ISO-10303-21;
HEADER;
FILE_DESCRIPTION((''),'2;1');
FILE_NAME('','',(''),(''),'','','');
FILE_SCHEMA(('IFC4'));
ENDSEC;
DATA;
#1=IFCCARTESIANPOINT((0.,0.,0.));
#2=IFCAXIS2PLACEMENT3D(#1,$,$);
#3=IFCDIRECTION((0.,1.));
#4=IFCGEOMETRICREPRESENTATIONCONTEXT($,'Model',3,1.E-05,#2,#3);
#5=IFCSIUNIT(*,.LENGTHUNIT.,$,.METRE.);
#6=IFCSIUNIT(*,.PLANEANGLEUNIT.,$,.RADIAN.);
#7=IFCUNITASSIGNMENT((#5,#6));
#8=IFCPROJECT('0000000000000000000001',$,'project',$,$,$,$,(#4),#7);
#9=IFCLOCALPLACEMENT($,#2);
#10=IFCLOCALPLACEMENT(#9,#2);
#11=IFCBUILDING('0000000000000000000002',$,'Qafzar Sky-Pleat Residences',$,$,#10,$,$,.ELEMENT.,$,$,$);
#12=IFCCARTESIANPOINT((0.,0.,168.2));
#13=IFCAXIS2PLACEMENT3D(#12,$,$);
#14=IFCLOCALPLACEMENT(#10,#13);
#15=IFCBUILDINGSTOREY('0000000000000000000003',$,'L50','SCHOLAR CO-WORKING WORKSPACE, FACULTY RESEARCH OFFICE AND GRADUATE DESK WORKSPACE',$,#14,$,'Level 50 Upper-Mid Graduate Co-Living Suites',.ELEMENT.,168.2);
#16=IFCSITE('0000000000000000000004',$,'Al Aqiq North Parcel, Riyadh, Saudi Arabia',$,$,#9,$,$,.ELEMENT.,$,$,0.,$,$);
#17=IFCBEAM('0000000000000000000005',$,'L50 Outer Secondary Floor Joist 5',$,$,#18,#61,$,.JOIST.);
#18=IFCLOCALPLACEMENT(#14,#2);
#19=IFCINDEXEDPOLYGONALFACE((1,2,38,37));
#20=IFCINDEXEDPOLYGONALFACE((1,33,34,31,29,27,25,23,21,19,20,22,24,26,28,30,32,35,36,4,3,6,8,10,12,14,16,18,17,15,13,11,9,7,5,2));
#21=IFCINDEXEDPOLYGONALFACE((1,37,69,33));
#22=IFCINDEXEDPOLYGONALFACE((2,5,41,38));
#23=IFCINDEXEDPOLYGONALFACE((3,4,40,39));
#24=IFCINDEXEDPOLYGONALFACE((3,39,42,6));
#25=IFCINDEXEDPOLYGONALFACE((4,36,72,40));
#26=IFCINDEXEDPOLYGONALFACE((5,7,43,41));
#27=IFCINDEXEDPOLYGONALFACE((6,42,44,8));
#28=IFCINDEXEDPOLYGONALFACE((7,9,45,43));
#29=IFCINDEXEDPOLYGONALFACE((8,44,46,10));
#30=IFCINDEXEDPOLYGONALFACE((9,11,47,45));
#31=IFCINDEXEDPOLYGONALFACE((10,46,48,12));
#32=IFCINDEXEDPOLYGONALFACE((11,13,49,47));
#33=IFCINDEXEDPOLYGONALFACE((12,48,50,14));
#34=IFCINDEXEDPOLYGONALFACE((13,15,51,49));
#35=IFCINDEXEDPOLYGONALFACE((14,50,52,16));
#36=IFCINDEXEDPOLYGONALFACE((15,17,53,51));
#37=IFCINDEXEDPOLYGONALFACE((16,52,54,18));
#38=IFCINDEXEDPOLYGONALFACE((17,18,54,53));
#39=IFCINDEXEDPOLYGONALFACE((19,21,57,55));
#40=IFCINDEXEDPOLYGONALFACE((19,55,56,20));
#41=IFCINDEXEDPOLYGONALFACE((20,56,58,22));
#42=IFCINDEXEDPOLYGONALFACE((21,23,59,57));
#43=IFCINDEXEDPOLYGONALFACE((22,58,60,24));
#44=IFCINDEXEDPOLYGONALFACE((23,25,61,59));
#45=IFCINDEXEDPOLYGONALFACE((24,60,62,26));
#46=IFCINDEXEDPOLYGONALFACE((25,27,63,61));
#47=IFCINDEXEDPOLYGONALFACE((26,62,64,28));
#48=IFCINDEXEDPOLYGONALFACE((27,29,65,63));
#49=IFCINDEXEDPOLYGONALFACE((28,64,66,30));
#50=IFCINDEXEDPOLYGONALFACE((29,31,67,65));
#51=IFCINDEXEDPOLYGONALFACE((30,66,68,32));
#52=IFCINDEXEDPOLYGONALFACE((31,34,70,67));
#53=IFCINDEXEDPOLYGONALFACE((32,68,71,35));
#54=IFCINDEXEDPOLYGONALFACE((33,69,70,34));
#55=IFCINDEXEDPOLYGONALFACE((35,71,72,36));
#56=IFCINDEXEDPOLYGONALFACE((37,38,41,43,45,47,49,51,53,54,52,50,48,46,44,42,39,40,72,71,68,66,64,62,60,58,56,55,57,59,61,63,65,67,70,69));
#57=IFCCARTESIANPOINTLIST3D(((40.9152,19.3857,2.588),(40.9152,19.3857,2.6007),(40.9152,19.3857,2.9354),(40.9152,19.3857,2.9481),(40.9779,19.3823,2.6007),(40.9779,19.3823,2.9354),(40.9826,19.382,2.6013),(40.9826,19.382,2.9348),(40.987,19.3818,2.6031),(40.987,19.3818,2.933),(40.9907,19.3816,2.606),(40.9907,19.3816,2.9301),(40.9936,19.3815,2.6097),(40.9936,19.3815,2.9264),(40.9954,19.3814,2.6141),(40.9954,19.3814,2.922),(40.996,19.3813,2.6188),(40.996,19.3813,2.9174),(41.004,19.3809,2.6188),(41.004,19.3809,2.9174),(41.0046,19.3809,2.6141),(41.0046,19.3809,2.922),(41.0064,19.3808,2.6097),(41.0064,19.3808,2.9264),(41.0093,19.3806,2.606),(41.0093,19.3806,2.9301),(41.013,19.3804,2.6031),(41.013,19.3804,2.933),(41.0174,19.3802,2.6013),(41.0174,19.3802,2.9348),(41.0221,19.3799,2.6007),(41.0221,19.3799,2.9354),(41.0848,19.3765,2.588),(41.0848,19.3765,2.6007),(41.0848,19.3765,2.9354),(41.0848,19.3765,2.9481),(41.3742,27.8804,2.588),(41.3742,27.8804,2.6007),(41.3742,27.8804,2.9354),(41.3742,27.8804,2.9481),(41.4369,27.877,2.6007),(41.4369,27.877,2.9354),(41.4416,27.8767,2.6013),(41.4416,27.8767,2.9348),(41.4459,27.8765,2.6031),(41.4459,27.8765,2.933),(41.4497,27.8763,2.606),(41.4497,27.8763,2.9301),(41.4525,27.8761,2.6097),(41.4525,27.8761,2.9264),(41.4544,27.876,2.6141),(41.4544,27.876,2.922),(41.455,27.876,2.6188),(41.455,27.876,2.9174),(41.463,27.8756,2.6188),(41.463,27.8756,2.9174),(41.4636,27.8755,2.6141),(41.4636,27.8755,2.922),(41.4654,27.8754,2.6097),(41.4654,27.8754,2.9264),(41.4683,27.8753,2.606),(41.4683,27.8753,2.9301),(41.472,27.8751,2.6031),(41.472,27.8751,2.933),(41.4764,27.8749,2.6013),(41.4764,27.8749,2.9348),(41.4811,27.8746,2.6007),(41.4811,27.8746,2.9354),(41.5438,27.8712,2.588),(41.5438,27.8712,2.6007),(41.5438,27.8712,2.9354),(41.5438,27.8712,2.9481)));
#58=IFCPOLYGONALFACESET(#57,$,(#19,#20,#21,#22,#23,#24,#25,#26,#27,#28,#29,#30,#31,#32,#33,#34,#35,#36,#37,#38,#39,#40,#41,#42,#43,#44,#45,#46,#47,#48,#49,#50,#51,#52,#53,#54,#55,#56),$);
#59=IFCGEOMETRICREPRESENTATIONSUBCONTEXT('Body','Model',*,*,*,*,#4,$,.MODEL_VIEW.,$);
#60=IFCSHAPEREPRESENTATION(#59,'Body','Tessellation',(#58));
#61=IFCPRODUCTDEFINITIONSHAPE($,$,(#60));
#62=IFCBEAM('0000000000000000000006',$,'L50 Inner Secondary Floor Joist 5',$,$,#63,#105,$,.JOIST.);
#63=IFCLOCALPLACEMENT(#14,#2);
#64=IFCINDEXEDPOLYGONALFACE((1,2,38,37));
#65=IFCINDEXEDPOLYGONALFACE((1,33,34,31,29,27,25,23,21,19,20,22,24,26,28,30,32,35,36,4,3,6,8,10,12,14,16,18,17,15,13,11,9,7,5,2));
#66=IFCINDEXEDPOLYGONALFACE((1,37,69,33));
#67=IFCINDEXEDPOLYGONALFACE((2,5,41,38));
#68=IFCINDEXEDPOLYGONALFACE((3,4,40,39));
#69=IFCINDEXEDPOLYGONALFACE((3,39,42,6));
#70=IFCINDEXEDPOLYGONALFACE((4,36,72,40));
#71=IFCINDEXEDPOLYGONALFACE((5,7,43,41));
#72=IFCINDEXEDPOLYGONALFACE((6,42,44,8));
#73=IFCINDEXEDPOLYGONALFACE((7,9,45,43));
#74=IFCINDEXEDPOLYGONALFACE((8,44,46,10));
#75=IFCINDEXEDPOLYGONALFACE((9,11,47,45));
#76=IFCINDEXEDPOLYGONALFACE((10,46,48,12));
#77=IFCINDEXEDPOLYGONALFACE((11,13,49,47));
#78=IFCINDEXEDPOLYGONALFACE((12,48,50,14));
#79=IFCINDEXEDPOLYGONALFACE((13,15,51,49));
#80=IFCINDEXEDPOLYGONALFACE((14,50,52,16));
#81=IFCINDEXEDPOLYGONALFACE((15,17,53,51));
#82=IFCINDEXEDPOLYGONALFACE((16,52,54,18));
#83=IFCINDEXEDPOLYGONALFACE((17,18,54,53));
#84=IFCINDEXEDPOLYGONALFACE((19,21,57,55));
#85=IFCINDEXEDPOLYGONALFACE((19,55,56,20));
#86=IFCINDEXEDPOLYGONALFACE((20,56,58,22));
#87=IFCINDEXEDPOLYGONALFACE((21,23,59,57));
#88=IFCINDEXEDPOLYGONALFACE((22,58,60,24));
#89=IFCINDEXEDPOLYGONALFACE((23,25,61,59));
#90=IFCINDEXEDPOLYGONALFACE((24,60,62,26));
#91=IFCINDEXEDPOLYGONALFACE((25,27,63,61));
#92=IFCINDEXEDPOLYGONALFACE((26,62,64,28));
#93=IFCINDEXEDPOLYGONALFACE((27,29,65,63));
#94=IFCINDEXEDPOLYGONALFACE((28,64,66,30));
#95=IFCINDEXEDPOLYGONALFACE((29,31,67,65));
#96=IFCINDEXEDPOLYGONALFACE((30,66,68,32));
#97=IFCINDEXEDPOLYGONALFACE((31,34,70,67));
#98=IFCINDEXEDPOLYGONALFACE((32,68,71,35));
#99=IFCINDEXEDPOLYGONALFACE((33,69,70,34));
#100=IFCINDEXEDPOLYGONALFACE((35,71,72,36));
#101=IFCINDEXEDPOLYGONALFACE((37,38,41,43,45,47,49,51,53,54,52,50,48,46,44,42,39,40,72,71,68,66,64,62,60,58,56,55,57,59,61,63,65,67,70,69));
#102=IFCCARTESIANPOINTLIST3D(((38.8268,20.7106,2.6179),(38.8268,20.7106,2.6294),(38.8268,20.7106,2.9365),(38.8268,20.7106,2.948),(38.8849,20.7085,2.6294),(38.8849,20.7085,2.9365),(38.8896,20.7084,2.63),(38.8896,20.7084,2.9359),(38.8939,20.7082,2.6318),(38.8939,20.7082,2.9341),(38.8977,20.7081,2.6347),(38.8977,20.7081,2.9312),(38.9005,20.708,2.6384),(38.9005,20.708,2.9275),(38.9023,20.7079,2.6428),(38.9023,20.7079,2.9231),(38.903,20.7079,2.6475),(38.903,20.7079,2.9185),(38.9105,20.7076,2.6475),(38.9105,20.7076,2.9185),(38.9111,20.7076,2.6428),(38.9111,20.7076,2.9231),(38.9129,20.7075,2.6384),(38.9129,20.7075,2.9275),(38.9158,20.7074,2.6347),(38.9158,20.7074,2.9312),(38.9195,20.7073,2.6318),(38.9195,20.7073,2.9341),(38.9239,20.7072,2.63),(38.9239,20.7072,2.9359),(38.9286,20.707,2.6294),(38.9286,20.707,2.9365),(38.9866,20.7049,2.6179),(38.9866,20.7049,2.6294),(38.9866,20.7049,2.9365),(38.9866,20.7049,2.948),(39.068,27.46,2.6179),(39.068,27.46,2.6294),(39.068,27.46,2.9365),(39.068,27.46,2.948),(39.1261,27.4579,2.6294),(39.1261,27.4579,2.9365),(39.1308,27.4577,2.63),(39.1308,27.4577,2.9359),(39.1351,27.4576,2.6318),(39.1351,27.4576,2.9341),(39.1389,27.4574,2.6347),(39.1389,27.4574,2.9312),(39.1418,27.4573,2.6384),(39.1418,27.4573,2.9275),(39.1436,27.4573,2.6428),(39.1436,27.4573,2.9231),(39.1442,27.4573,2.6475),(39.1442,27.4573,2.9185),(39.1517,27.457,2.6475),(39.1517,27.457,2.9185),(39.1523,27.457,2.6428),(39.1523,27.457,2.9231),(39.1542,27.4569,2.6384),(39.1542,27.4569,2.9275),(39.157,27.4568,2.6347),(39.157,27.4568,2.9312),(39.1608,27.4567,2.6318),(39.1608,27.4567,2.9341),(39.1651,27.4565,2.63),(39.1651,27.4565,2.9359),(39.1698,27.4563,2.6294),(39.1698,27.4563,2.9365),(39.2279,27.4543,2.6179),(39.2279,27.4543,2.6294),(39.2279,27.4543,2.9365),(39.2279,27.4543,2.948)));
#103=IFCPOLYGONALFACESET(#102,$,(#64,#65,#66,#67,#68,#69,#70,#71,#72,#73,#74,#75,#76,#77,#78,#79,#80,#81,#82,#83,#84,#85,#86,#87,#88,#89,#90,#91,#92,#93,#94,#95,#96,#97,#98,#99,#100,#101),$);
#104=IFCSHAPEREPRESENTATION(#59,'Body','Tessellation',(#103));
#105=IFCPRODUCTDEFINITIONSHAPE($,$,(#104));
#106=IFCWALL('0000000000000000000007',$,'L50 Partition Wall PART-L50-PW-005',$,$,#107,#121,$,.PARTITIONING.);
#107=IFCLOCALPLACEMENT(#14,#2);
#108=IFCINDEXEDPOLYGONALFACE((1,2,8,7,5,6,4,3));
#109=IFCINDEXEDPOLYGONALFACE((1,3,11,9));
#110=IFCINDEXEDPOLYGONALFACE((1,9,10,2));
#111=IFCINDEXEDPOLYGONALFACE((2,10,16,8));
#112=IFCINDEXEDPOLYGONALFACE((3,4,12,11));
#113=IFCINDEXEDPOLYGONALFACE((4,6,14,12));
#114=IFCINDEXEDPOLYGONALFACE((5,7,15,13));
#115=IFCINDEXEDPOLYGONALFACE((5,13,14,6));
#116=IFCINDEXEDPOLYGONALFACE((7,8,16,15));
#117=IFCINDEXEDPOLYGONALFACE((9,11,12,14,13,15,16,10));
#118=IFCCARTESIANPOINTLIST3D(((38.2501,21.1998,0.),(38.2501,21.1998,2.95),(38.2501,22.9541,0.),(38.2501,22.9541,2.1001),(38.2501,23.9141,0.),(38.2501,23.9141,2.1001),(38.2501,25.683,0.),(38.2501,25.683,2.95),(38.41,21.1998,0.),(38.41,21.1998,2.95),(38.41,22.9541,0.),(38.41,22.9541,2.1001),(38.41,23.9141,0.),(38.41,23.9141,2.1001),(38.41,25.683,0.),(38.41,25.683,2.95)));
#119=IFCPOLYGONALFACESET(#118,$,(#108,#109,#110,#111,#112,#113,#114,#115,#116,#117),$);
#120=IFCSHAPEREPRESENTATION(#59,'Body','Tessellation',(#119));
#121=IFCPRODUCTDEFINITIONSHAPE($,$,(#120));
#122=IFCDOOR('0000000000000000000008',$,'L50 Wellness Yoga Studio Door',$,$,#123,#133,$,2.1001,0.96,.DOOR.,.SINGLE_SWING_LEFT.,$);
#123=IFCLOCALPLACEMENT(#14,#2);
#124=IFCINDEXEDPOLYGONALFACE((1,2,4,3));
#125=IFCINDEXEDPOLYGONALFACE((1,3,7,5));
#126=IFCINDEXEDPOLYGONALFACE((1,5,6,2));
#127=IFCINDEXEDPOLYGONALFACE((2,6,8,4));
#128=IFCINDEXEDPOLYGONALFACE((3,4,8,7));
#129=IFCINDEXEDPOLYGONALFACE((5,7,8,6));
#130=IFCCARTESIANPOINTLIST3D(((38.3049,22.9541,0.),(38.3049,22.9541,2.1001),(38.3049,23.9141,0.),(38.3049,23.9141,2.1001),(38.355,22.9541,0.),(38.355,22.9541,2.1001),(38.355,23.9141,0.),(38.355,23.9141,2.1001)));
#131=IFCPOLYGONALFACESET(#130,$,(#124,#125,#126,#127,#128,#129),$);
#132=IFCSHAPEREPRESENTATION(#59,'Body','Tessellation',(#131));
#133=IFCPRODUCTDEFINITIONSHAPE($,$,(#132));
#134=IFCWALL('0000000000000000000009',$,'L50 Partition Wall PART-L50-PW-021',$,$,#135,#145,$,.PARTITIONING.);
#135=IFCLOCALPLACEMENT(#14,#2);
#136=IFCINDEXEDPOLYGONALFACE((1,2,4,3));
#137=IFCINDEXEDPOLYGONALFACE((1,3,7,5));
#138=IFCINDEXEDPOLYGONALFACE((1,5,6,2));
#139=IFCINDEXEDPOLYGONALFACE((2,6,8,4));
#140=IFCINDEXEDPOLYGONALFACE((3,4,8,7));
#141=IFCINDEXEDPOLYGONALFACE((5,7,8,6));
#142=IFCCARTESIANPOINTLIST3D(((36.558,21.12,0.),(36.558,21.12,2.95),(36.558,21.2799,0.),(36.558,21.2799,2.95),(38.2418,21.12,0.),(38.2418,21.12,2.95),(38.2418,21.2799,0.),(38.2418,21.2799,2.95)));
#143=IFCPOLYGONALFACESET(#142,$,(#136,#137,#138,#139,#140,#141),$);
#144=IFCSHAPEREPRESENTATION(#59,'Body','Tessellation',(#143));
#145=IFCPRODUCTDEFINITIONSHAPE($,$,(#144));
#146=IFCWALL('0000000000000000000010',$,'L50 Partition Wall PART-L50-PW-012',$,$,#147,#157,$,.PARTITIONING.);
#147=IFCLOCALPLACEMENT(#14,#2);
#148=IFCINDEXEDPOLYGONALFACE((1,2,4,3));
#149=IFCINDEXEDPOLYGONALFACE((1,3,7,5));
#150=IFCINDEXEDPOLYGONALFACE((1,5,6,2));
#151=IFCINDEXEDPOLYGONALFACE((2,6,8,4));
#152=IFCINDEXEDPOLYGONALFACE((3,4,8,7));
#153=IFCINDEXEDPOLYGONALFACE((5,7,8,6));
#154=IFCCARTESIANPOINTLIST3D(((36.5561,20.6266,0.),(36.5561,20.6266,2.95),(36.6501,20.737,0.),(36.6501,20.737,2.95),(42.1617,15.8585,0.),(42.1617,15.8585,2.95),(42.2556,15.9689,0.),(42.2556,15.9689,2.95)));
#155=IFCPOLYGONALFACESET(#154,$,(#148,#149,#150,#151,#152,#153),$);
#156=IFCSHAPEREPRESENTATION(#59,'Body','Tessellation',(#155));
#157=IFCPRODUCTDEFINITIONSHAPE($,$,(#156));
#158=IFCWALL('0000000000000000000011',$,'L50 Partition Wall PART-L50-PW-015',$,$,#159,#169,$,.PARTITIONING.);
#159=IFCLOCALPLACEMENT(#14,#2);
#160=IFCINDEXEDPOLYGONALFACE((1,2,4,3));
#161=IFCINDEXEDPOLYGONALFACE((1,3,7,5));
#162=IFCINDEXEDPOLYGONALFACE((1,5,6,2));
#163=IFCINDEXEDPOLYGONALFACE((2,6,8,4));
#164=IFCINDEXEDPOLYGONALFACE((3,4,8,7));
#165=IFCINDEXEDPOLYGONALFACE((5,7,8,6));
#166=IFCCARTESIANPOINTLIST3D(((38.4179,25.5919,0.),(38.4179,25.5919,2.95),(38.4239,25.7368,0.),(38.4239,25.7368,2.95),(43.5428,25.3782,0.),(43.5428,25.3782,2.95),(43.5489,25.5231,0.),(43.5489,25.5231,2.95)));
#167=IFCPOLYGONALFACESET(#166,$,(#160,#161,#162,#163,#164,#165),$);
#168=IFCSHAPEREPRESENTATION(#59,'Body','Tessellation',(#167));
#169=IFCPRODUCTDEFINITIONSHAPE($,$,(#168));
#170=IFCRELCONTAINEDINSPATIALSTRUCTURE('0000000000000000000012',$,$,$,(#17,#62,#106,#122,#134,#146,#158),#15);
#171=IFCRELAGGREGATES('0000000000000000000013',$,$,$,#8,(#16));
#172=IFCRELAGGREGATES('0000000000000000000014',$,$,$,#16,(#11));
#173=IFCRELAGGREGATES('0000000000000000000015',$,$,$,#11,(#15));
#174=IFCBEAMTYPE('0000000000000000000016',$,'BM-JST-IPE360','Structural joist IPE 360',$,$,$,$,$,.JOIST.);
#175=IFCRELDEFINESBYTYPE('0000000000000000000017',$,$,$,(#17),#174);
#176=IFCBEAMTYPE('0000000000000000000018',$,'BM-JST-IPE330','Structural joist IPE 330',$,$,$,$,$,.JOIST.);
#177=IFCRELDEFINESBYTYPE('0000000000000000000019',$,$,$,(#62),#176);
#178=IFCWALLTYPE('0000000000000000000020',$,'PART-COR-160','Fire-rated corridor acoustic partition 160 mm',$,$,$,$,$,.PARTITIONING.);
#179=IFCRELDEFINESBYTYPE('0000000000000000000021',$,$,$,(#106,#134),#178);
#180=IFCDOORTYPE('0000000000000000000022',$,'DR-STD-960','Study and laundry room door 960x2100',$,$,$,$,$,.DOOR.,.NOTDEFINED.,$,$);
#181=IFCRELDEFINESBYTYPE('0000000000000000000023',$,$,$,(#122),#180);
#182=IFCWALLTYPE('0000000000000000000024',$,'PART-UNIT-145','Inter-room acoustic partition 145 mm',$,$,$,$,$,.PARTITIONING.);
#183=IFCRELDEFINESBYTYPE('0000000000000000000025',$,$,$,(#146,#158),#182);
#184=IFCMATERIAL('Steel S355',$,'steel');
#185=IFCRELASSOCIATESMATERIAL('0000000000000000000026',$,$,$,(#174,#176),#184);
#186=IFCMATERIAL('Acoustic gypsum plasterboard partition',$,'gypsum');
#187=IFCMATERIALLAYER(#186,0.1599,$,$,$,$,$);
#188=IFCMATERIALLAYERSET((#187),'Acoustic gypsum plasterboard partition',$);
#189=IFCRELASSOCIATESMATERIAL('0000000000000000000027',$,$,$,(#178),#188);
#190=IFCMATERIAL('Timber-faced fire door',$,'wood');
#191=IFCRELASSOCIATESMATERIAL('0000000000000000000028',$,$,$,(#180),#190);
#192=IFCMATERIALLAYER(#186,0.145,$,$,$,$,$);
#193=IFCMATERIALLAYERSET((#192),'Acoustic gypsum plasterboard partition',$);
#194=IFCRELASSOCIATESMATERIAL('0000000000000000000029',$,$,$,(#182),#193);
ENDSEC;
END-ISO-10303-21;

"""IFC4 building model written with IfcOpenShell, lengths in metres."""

from ifc_helpers import new_model, si_unit, direction, frame, frame_2d, origin, origin_2d, place, context, subcontext, project, spatial, rectangle, i_section, extrude, source, transform, mapped, material, layer, layer_set, material_profile, profile_set, type_object, element, fill, save


model = new_model("IFC4")

# Units and contexts
model_context = context("Model", 3, precision=1e-05, world=origin(), true_north=direction((0.0, 1.0)))
body_context = subcontext(model_context, "Body", "Model", "MODEL_VIEW")
ifc_project = project(units=[si_unit("LENGTHUNIT", "METRE"), si_unit("PLANEANGLEUNIT", "RADIAN")], contexts=[model_context])

# Site, building, storey
site_placement = place(None, origin())
site = spatial("IfcSite", under=ifc_project, at=site_placement, Name="Al Aqiq North Parcel, Riyadh, Saudi Arabia", CompositionType="ELEMENT", RefElevation=0.0)
building_placement = place(site_placement, origin())
building = spatial("IfcBuilding", under=site, at=building_placement, Name="Qafzar Sky-Pleat Residences", CompositionType="ELEMENT")
storey_placement = place(building_placement, frame((0.0, 0.0, 168.2)))
storey = spatial("IfcBuildingStorey", under=building, at=storey_placement, Name="L50", Description="SCHOLAR CO-WORKING WORKSPACE, FACULTY RESEARCH OFFICE AND GRADUATE DESK WORKSPACE", LongName="Level 50 Upper-Mid Graduate Co-Living Suites", CompositionType="ELEMENT", Elevation=168.2)

# Shared definitions
ifc_material_1 = material(Name="Steel S355", Category="steel")

# Beams
ifc_material_profile_1 = material_profile(ifc_material_1, i_section(OverallWidth=0.1699, OverallDepth=0.3601, WebThickness=0.0081, FlangeThickness=0.0127, FilletRadius=0.0181, at=origin_2d()), Name="IPE 360")
ifc_profile_set_1 = profile_set([ifc_material_profile_1], Name="Steel S355")
beam_type_1 = type_object("IfcBeamType", Name="BM-JST-IPE360", Description="Structural joist IPE 360", PredefinedType="JOIST", material=ifc_profile_set_1)
shared_shape_1 = source(origin(), body_context, "Body", "SweptSolid", [
    extrude(i_section(OverallWidth=0.1699, OverallDepth=0.3601, WebThickness=0.0081, FlangeThickness=0.0127, FilletRadius=0.0181, at=origin_2d()), origin(), (0.0, 0.0, 1.0), 8.5071),
])
beam_1_placement = place(storey_placement, frame((41.0, 19.3811, 2.7681), z_axis=(0.053954, 0.998543, 0.0), x_axis=(-0.998543, 0.053954, 0.0)))
element("IfcBeam", 1, at=beam_1_placement, inside=storey, type_object=beam_type_1, Name="L50 Outer Secondary Floor Joist 5", PredefinedType="JOIST", context=body_context, shape_type="MappedRepresentation", body=[
    mapped(shared_shape_1, transform((0.0, 0.0, 0.0), x_axis=(1.0, 0.0, 0.0), y_axis=(0.0, 1.0, 0.0), z_axis=(0.0, 0.0, 1.0), scale=1.0)),
])
ifc_material_profile_2 = material_profile(ifc_material_1, i_section(OverallWidth=0.1599, OverallDepth=0.3301, WebThickness=0.0076, FlangeThickness=0.0115, FilletRadius=0.0181, at=origin_2d()), Name="IPE 330")
ifc_profile_set_2 = profile_set([ifc_material_profile_2], Name="Steel S355")
beam_type_2 = type_object("IfcBeamType", Name="BM-JST-IPE330", Description="Structural joist IPE 330", PredefinedType="JOIST", material=ifc_profile_set_2)
shared_shape_2 = source(origin(), body_context, "Body", "SweptSolid", [
    extrude(i_section(OverallWidth=0.1599, OverallDepth=0.3301, WebThickness=0.0076, FlangeThickness=0.0115, FilletRadius=0.0181, at=origin_2d()), origin(), (0.0, 0.0, 1.0), 6.7537),
])
beam_2_placement = place(storey_placement, frame((38.9067, 20.7078, 2.783), z_axis=(0.035716, 0.999362, 0.0), x_axis=(-0.999362, 0.035716, 0.0)))
element("IfcBeam", 2, at=beam_2_placement, inside=storey, type_object=beam_type_2, Name="L50 Inner Secondary Floor Joist 5", PredefinedType="JOIST", context=body_context, shape_type="MappedRepresentation", body=[
    mapped(shared_shape_2, transform((0.0, 0.0, 0.0), x_axis=(1.0, 0.0, 0.0), y_axis=(0.0, 1.0, 0.0), z_axis=(0.0, 0.0, 1.0), scale=1.0)),
])

# Wall, opening, door
ifc_material_2 = material(Name="Acoustic gypsum plasterboard partition", Category="gypsum")
ifc_layer_1 = layer(ifc_material_2, 0.1599)
ifc_layer_set_1 = layer_set([ifc_layer_1], Name="Acoustic gypsum plasterboard partition")
wall_type_1 = type_object("IfcWallType", Name="PART-COR-160", Description="Fire-rated corridor acoustic partition 160 mm", PredefinedType="PARTITIONING", material=ifc_layer_set_1)
wall_1_placement = place(storey_placement, frame((38.3301, 25.6831, 0.0), z_axis=(0.0, 0.0, 1.0), x_axis=(0.0, -1.0, 0.0)))
wall_1 = element("IfcWall", 3, at=wall_1_placement, inside=storey, type_object=wall_type_1, Name="L50 Partition Wall PART-L50-PW-005", PredefinedType="PARTITIONING", context=body_context, shape_type="SweptSolid", body=[
    extrude(rectangle(XDim=4.4832, YDim=0.1599, at=frame_2d((2.2417, 0.0))), origin(), (0.0, 0.0, 1.0), 2.95),
])
opening_1_placement = place(wall_1_placement, frame((1.769, 0.0, 0.0)))
opening_1 = element("IfcOpeningElement", 4, at=opening_1_placement, cuts=wall_1, PredefinedType="OPENING", context=body_context, shape_type="SweptSolid", body=[
    extrude(rectangle(XDim=0.96, YDim=2.1001, at=frame_2d((0.48, 1.05))), frame((0.0, 0.0898, 0.0), z_axis=(0.0, -1.0, 0.0), x_axis=(1.0, 0.0, 0.0)), (0.0, 0.0, 1.0), 0.1799),
])
ifc_material_3 = material(Name="Timber-faced fire door", Category="wood")
door_type_1 = type_object("IfcDoorType", Name="DR-STD-960", Description="Study and laundry room door 960x2100", OperationType="NOTDEFINED", PredefinedType="DOOR", material=ifc_material_3)
shared_shape_3 = source(origin(), body_context, "Body", "SweptSolid", [
    extrude(rectangle(XDim=0.96, YDim=2.1001, at=frame_2d((0.48, 1.05))), frame((0.0, 0.0249, 0.0), z_axis=(0.0, -1.0, 0.0), x_axis=(1.0, 0.0, 0.0)), (0.0, 0.0, 1.0), 0.05),
])
door_1_placement = place(opening_1_placement, origin())
door_1 = element("IfcDoor", 5, at=door_1_placement, inside=storey, type_object=door_type_1, Name="L50 Wellness Yoga Studio Door", OperationType="SINGLE_SWING_LEFT", OverallHeight=2.1001, OverallWidth=0.96, PredefinedType="DOOR", context=body_context, shape_type="MappedRepresentation", body=[
    mapped(shared_shape_3, transform((0.0, 0.0, 0.0), x_axis=(1.0, 0.0, 0.0), y_axis=(0.0, 1.0, 0.0), z_axis=(0.0, 0.0, 1.0), scale=1.0)),
])
fill(opening_1, door_1)

# Walls
wall_2_placement = place(storey_placement, frame((36.5581, 21.2, 0.0), z_axis=(0.0, 0.0, 1.0), x_axis=(1.0, 0.0, 0.0)))
element("IfcWall", 6, at=wall_2_placement, inside=storey, type_object=wall_type_1, Name="L50 Partition Wall PART-L50-PW-021", PredefinedType="PARTITIONING", context=body_context, shape_type="SweptSolid", body=[
    extrude(rectangle(XDim=1.6838, YDim=0.1599, at=frame_2d((0.8418, 0.0))), origin(), (0.0, 0.0, 1.0), 2.95),
])
ifc_layer_2 = layer(ifc_material_2, 0.145)
ifc_layer_set_2 = layer_set([ifc_layer_2], Name="Acoustic gypsum plasterboard partition")
wall_type_2 = type_object("IfcWallType", Name="PART-UNIT-145", Description="Inter-room acoustic partition 145 mm", PredefinedType="PARTITIONING", material=ifc_layer_set_2)
wall_3_placement = place(storey_placement, frame((36.603, 20.6819, 0.0), z_axis=(0.0, 0.0, 1.0), x_axis=(0.76171, -0.647918, 0.0)))
element("IfcWall", 7, at=wall_3_placement, inside=storey, type_object=wall_type_2, Name="L50 Partition Wall PART-L50-PW-012", PredefinedType="PARTITIONING", context=body_context, shape_type="SweptSolid", body=[
    extrude(rectangle(XDim=7.3591, YDim=0.145, at=frame_2d((3.6797, 0.0))), origin(), (0.0, 0.0, 1.0), 2.95),
])
wall_4_placement = place(storey_placement, frame((38.4209, 25.6643, 0.0), z_axis=(0.0, 0.0, 1.0), x_axis=(0.999132, -0.041646, 0.0)))
element("IfcWall", 8, at=wall_4_placement, inside=storey, type_object=wall_type_2, Name="L50 Partition Wall PART-L50-PW-015", PredefinedType="PARTITIONING", context=body_context, shape_type="SweptSolid", body=[
    extrude(rectangle(XDim=5.1294, YDim=0.145, at=frame_2d((2.5647, 0.0))), origin(), (0.0, 0.0, 1.0), 2.95),
])

save(model, "model.ifc")
